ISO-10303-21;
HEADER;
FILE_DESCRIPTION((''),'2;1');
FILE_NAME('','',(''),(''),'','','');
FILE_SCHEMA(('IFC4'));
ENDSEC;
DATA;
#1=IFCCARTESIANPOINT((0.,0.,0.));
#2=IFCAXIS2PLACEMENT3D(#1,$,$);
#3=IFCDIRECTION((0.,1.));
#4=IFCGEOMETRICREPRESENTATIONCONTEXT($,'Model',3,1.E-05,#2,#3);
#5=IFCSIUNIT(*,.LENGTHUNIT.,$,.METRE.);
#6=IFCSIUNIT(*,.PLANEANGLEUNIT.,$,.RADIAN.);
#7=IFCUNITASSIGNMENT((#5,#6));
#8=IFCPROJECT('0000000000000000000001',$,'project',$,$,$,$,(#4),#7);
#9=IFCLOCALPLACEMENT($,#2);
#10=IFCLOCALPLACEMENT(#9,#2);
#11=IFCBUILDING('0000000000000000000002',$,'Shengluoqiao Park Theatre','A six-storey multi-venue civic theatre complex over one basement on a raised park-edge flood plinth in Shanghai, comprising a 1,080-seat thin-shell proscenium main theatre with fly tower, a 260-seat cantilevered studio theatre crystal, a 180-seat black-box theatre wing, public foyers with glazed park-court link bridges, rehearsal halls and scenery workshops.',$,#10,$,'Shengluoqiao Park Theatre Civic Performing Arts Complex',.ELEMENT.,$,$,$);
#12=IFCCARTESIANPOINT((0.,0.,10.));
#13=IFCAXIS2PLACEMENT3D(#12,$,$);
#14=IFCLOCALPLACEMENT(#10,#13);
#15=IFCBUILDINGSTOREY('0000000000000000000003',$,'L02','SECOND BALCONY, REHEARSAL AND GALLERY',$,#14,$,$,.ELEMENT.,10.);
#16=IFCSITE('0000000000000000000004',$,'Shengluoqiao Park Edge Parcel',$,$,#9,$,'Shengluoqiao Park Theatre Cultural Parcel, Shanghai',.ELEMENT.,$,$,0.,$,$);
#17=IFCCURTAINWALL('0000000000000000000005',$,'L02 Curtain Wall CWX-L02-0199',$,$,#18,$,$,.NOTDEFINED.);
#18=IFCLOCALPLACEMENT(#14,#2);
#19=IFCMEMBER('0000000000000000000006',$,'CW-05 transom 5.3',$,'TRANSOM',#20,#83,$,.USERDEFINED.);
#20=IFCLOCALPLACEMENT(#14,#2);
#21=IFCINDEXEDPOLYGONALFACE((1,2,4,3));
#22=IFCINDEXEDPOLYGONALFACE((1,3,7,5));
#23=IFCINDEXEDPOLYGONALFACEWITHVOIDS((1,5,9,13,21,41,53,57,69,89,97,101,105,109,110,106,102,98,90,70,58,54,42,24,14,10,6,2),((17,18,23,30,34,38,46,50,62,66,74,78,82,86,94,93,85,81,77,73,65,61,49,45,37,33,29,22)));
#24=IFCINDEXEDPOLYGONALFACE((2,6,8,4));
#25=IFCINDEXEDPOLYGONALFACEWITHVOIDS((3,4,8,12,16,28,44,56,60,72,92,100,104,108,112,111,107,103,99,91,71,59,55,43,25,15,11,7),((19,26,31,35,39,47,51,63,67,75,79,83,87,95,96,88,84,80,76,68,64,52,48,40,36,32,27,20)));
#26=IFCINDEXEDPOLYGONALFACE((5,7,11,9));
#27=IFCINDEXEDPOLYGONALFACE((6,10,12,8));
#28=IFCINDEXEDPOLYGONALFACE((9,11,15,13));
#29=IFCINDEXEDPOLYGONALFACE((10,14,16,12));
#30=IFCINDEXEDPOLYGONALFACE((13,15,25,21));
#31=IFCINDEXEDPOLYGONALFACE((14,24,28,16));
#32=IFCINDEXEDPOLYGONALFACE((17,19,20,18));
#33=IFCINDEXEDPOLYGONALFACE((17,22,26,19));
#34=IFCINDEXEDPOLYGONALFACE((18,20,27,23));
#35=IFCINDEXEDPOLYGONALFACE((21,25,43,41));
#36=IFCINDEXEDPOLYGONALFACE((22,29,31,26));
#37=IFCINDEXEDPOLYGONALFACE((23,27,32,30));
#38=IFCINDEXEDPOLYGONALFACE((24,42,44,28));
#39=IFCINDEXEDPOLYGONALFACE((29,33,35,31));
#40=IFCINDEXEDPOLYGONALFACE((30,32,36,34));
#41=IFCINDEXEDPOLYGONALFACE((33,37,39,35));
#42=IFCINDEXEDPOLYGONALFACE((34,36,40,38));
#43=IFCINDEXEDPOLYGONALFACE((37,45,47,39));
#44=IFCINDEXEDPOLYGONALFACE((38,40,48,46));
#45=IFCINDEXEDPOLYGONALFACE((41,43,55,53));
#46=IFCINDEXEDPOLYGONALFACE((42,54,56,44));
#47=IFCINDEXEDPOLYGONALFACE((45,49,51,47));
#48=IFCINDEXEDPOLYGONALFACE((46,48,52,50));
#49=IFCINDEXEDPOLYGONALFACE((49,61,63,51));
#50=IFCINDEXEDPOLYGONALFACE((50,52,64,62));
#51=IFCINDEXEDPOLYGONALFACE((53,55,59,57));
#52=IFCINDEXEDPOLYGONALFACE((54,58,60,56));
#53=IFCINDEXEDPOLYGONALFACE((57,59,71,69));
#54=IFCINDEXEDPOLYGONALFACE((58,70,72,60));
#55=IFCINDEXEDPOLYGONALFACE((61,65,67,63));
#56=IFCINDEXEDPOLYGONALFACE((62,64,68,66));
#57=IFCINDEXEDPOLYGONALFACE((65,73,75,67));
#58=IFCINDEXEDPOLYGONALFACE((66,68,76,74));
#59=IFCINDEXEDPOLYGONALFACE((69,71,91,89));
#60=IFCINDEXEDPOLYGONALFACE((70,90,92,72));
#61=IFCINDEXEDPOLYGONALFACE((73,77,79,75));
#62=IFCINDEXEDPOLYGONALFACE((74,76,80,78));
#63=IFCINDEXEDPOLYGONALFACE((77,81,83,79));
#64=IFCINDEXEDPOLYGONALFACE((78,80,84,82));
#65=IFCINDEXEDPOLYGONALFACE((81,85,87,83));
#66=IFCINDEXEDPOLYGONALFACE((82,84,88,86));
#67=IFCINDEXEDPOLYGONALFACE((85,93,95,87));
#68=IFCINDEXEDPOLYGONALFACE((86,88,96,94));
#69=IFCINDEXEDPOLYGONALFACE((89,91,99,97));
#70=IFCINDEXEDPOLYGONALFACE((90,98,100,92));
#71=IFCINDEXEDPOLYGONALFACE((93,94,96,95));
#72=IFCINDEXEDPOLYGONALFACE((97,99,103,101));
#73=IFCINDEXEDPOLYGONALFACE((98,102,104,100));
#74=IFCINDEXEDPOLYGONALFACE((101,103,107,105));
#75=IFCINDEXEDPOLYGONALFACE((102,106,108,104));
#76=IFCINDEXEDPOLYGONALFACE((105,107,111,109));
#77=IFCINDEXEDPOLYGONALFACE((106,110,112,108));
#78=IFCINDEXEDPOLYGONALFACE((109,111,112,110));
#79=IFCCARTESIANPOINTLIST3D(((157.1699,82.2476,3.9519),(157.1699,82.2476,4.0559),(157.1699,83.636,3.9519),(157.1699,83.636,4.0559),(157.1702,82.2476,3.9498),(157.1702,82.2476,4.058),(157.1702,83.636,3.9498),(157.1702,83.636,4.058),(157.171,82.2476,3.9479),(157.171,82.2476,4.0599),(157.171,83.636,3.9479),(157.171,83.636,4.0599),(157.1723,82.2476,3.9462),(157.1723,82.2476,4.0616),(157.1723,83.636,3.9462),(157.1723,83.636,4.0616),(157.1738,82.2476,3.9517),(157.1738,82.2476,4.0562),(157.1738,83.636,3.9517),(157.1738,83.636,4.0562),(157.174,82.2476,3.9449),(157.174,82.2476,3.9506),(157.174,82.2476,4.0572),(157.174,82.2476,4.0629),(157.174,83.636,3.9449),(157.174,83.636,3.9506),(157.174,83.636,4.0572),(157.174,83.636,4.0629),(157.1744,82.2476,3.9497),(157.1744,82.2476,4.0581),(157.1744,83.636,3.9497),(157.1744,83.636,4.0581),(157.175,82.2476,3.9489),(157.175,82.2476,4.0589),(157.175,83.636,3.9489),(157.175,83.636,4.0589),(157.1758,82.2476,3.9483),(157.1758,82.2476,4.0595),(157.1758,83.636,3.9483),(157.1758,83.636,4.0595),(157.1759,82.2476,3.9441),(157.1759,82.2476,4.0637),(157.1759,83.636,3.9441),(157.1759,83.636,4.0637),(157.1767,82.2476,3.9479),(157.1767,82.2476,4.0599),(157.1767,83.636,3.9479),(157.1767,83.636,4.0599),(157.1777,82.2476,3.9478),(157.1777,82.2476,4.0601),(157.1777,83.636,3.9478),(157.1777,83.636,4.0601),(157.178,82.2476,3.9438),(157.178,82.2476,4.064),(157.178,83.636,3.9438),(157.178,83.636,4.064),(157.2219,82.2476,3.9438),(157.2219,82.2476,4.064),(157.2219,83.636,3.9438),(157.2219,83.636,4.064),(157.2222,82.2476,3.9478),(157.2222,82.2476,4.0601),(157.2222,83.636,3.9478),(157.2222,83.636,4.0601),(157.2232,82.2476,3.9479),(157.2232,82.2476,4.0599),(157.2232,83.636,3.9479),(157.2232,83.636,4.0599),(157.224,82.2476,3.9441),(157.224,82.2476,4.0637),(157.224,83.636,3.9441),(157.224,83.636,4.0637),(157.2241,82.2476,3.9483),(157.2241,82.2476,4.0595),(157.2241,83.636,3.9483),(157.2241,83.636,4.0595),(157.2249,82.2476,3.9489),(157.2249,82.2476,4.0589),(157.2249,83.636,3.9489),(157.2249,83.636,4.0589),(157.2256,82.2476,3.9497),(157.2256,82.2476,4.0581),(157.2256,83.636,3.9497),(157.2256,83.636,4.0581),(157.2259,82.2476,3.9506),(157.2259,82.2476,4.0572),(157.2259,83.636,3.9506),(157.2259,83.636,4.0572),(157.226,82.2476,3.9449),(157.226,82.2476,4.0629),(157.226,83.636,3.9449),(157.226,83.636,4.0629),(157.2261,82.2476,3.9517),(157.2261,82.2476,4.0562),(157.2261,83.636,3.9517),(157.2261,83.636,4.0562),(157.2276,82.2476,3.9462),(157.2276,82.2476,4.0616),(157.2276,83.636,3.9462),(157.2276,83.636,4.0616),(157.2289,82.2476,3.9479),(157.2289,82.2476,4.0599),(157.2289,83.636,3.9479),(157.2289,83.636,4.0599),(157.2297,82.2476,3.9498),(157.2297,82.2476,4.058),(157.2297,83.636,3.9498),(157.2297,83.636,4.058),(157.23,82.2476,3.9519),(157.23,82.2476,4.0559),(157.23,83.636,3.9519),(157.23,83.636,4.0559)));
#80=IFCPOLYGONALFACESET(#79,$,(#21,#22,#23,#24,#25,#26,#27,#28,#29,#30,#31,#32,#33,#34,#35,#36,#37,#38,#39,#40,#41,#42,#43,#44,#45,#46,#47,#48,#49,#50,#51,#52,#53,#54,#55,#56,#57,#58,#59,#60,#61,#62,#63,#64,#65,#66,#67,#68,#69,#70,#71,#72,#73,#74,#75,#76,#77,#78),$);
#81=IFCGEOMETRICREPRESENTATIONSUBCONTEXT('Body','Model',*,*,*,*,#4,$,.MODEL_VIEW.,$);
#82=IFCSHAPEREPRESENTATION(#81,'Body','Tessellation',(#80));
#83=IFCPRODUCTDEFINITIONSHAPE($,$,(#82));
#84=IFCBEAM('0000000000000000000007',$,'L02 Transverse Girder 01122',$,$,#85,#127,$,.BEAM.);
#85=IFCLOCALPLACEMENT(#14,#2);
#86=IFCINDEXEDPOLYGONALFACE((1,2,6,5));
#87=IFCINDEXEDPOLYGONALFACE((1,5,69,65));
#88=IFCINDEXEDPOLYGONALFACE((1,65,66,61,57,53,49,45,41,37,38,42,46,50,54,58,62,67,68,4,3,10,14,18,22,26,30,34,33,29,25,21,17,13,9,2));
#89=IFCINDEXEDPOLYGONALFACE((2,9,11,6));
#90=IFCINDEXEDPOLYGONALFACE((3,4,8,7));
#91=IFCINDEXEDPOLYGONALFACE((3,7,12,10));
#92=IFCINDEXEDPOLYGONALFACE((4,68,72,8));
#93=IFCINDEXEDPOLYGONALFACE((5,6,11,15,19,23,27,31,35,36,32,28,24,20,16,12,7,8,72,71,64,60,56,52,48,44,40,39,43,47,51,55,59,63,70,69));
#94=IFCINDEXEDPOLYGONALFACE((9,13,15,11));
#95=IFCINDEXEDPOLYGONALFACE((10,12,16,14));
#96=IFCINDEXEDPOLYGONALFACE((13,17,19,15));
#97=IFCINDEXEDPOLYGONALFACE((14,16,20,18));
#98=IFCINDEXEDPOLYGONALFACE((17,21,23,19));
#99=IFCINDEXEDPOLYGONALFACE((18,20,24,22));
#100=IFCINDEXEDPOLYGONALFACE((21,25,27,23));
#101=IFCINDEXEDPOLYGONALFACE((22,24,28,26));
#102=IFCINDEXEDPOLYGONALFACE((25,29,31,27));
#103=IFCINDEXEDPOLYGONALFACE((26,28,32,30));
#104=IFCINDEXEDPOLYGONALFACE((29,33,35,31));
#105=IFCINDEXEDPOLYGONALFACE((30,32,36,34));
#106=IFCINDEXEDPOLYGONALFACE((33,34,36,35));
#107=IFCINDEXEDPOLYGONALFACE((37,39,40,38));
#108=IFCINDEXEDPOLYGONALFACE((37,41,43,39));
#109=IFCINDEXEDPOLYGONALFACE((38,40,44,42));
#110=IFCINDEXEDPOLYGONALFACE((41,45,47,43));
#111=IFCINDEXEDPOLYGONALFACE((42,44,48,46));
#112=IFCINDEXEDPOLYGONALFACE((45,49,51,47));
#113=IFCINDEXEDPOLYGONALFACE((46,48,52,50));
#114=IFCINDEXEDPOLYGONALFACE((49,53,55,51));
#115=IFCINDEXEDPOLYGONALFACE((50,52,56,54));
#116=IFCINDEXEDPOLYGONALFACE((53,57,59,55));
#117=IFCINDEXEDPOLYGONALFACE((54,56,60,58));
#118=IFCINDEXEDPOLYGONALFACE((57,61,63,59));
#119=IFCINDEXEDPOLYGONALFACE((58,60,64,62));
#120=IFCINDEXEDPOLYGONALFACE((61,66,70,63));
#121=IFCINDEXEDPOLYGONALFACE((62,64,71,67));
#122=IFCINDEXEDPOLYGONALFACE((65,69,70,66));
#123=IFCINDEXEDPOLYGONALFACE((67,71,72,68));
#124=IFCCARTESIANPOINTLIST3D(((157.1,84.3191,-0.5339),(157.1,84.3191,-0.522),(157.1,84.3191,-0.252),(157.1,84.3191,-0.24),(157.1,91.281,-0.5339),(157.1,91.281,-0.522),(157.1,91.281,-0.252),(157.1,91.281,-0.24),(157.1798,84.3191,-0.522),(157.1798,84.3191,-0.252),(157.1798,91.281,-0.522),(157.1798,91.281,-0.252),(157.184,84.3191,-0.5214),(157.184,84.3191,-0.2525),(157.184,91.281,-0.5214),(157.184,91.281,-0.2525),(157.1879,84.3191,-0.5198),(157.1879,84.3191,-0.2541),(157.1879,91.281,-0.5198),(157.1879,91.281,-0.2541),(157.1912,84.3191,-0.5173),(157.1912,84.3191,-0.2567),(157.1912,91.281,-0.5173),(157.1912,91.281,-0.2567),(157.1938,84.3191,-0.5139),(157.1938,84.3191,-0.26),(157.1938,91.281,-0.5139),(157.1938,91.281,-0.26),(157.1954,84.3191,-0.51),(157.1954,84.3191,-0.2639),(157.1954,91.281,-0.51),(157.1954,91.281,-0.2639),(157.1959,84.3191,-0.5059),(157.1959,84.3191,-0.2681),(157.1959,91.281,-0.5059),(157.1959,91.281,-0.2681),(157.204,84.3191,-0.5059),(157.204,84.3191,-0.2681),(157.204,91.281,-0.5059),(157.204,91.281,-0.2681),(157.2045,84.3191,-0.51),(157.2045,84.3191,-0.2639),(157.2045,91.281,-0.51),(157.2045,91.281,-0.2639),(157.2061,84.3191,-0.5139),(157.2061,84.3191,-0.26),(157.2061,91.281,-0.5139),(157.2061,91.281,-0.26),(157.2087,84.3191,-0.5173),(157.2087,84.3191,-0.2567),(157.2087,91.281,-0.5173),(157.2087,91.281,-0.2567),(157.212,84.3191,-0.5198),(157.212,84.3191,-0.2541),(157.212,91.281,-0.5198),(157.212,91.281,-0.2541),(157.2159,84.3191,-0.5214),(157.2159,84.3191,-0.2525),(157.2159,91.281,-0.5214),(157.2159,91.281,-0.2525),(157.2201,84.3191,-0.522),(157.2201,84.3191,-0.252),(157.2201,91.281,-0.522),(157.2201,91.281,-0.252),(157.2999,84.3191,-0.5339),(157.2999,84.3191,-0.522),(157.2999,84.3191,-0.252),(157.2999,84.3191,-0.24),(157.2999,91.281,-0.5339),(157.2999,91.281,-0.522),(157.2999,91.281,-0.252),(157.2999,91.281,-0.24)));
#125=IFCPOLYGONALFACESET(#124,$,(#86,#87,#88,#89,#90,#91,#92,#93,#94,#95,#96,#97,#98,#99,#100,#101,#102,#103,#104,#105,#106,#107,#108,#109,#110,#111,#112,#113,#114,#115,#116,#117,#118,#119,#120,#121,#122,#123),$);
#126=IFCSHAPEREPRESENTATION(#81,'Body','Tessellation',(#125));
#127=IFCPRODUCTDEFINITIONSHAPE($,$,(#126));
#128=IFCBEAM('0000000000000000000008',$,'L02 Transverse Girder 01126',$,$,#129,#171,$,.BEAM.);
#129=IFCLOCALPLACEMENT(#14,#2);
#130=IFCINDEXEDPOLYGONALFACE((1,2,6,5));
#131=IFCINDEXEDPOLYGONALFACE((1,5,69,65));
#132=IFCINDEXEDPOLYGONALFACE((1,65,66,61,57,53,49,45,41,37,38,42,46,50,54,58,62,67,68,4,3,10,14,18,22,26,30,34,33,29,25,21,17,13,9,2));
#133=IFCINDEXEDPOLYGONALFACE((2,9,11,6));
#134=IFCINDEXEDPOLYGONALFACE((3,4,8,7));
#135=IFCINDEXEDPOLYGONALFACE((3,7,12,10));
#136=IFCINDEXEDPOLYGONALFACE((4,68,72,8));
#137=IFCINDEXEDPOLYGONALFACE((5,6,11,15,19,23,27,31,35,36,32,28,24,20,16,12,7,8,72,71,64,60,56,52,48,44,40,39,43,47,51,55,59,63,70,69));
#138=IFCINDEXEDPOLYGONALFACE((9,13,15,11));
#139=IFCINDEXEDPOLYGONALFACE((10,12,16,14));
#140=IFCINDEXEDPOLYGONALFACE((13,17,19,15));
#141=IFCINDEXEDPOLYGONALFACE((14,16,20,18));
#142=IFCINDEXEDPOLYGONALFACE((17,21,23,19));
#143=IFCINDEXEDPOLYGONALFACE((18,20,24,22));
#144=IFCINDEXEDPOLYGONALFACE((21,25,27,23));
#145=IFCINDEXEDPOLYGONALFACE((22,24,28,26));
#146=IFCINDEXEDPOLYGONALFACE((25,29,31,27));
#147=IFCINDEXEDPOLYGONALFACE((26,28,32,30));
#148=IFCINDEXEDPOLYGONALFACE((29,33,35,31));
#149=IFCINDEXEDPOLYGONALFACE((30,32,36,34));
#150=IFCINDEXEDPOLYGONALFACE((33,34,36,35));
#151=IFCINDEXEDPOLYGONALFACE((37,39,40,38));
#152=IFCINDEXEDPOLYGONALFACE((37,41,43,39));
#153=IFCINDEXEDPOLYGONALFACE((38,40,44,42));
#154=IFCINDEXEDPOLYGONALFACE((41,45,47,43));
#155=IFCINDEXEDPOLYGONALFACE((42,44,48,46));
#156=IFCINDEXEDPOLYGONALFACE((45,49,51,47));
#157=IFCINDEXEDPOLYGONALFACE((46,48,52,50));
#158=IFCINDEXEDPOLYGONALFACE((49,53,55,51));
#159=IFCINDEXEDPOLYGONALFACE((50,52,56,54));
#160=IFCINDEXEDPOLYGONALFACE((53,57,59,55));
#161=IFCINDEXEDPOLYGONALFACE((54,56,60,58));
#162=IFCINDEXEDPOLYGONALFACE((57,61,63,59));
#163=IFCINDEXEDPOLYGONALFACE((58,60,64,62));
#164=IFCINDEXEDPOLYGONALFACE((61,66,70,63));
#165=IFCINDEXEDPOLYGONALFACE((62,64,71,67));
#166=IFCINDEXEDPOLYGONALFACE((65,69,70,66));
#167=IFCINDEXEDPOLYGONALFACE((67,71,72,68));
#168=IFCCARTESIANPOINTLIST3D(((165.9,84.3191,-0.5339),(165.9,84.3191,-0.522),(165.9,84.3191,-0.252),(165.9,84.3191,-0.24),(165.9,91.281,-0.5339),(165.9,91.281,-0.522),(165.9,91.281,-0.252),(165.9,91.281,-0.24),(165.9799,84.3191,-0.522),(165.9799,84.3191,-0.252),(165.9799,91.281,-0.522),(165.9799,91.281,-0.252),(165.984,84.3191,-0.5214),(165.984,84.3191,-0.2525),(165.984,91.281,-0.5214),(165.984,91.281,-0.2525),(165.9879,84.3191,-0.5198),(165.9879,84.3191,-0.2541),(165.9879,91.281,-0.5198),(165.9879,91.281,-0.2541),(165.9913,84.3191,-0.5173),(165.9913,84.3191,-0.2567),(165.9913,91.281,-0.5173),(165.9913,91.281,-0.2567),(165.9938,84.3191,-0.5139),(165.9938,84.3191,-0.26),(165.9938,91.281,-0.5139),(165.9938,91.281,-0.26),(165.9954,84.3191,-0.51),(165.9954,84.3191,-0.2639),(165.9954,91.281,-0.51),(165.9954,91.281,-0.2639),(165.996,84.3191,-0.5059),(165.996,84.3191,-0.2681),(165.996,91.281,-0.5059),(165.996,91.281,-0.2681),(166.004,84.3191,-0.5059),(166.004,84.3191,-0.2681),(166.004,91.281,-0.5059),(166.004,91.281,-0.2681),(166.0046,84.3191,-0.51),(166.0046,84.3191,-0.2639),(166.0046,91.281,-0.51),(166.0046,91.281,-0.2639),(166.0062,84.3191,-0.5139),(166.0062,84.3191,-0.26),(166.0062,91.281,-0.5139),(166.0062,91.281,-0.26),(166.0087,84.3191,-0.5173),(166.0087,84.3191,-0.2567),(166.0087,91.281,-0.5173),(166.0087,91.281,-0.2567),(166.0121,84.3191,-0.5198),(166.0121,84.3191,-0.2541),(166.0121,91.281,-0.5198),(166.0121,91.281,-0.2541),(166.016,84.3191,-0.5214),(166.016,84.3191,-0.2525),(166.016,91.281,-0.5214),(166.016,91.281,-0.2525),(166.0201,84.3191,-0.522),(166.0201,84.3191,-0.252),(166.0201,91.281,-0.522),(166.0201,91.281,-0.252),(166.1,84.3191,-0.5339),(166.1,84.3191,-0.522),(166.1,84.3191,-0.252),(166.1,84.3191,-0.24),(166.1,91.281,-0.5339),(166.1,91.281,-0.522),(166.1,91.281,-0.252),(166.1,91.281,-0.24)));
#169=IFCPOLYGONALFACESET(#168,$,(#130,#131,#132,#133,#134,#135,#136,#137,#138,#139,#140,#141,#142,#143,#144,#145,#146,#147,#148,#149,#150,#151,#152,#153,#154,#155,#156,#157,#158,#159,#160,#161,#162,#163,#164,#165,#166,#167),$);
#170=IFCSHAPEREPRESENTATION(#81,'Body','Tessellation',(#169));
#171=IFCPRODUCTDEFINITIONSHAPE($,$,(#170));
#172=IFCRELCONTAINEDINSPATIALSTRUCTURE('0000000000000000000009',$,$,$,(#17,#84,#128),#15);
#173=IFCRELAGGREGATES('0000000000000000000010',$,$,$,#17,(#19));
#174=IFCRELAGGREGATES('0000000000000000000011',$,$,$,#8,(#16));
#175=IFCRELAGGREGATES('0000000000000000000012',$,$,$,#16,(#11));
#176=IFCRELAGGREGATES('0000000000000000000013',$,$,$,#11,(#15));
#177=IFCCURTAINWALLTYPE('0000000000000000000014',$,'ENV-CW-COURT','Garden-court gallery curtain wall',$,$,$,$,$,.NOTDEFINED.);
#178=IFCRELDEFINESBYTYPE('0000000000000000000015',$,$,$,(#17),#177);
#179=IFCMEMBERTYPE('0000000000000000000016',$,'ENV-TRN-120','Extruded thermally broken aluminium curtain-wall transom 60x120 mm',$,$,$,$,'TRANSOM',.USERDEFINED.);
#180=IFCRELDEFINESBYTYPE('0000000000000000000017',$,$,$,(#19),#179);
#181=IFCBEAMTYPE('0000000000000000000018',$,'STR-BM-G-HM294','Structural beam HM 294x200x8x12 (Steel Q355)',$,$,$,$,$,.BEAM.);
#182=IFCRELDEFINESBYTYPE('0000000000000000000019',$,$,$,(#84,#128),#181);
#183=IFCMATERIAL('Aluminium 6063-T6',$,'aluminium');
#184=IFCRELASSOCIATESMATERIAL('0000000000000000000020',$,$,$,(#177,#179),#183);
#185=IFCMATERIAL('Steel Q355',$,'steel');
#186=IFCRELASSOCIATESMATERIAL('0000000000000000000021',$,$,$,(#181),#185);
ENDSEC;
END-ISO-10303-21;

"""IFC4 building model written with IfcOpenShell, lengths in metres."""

from ifc_helpers import new_model, si_unit, direction, frame, origin, origin_2d, place, context, subcontext, project, spatial, hollow_rectangle, i_section, extrude, material, material_profile, profile_set, type_object, element, aggregate, save


model = new_model("IFC4")

# Units and contexts
model_context = context("Model", 3, precision=1e-05, world=origin(), true_north=direction((0.0, 1.0)))
body_context = subcontext(model_context, "Body", "Model", "MODEL_VIEW")
ifc_project = project(units=[si_unit("LENGTHUNIT", "METRE"), si_unit("PLANEANGLEUNIT", "RADIAN")], contexts=[model_context])

# Site, building, storey
site_placement = place(None, origin())
site = spatial("IfcSite", under=ifc_project, at=site_placement, Name="Shengluoqiao Park Edge Parcel", LongName="Shengluoqiao Park Theatre Cultural Parcel, Shanghai", CompositionType="ELEMENT", RefElevation=0.0)
building_placement = place(site_placement, origin())
building = spatial("IfcBuilding", under=site, at=building_placement, Name="Shengluoqiao Park Theatre", Description="A six-storey multi-venue civic theatre complex over one basement on a raised park-edge flood plinth in Shanghai, comprising a 1,080-seat thin-shell proscenium main theatre with fly tower, a 260-seat cantilevered studio theatre crystal, a 180-seat black-box theatre wing, public foyers with glazed park-court link bridges, rehearsal halls and scenery workshops.", LongName="Shengluoqiao Park Theatre Civic Performing Arts Complex", CompositionType="ELEMENT")
storey_placement = place(building_placement, frame((0.0, 0.0, 10.0)))
storey = spatial("IfcBuildingStorey", under=building, at=storey_placement, Name="L02", Description="SECOND BALCONY, REHEARSAL AND GALLERY", CompositionType="ELEMENT", Elevation=10.0)

# Curtain wall, member
ifc_material_1 = material(Name="Aluminium 6063-T6", Category="aluminium")
curtain_wall_type = type_object("IfcCurtainWallType", Name="ENV-CW-COURT", Description="Garden-court gallery curtain wall", PredefinedType="NOTDEFINED", material=ifc_material_1)
curtain_wall_placement = place(storey_placement, origin())
curtain_wall = element("IfcCurtainWall", 1, at=curtain_wall_placement, inside=storey, type_object=curtain_wall_type, Name="L02 Curtain Wall CWX-L02-0199", PredefinedType="NOTDEFINED")
ifc_material_profile_1 = material_profile(ifc_material_1, hollow_rectangle(XDim=0.0601, YDim=0.1201, WallThickness=0.0039, InnerFilletRadius=0.0039, OuterFilletRadius=0.0081, at=origin_2d()), Name="ALU TRANSOM 120x60x4")
ifc_profile_set_1 = profile_set([ifc_material_profile_1], Name="Aluminium 6063-T6")
member_type_1 = type_object("IfcMemberType", Name="ENV-TRN-120", Description="Extruded thermally broken aluminium curtain-wall transom 60x120 mm", ElementType="TRANSOM", PredefinedType="USERDEFINED", material=ifc_profile_set_1)
member_1_placement = place(storey_placement, frame((157.2, 82.2476, 4.0039), z_axis=(0.0, 1.0, 0.0), x_axis=(-1.0, 0.0, 0.0)))
member_1 = element("IfcMember", 2, at=member_1_placement, type_object=member_type_1, Name="CW-05 transom 5.3", ObjectType="TRANSOM", PredefinedType="USERDEFINED", context=body_context, shape_type="SweptSolid", body=[
    extrude(hollow_rectangle(XDim=0.0601, YDim=0.1201, WallThickness=0.0039, InnerFilletRadius=0.0039, OuterFilletRadius=0.0081, at=origin_2d()), origin(), (0.0, 0.0, 1.0), 1.3884),
])

# Beams
ifc_material_2 = material(Name="Steel Q355", Category="steel")
ifc_material_profile_2 = material_profile(ifc_material_2, i_section(OverallWidth=0.2, OverallDepth=0.2939, WebThickness=0.0081, FlangeThickness=0.012, FilletRadius=0.0161, at=origin_2d()), Name="HM 294x200x8x12")
ifc_profile_set_2 = profile_set([ifc_material_profile_2], Name="Steel Q355")
beam_type_1 = type_object("IfcBeamType", Name="STR-BM-G-HM294", Description="Structural beam HM 294x200x8x12 (Steel Q355)", PredefinedType="BEAM", material=ifc_profile_set_2)
for number, where, z_axis, x_axis, name in (
    (3, (157.2, 84.3191, -0.387), (0.0, 1.0, 0.0), (-1.0, 0.0, 0.0), "L02 Transverse Girder 01122"),
    (4, (166.0, 84.3191, -0.387), (0.0, 1.0, 0.0), (-1.0, 0.0, 0.0), "L02 Transverse Girder 01126"),
):
    element("IfcBeam", number, at=place(storey_placement, frame(where, z_axis=z_axis, x_axis=x_axis)), inside=storey, type_object=beam_type_1, Name=name, PredefinedType="BEAM", context=body_context, shape_type="SweptSolid", body=[
        extrude(i_section(OverallWidth=0.2, OverallDepth=0.2939, WebThickness=0.0081, FlangeThickness=0.012, FilletRadius=0.0161, at=origin_2d()), origin(), (0.0, 0.0, 1.0), 6.9619),
    ])

aggregate(curtain_wall, [member_1])

save(model, "model.ifc")
